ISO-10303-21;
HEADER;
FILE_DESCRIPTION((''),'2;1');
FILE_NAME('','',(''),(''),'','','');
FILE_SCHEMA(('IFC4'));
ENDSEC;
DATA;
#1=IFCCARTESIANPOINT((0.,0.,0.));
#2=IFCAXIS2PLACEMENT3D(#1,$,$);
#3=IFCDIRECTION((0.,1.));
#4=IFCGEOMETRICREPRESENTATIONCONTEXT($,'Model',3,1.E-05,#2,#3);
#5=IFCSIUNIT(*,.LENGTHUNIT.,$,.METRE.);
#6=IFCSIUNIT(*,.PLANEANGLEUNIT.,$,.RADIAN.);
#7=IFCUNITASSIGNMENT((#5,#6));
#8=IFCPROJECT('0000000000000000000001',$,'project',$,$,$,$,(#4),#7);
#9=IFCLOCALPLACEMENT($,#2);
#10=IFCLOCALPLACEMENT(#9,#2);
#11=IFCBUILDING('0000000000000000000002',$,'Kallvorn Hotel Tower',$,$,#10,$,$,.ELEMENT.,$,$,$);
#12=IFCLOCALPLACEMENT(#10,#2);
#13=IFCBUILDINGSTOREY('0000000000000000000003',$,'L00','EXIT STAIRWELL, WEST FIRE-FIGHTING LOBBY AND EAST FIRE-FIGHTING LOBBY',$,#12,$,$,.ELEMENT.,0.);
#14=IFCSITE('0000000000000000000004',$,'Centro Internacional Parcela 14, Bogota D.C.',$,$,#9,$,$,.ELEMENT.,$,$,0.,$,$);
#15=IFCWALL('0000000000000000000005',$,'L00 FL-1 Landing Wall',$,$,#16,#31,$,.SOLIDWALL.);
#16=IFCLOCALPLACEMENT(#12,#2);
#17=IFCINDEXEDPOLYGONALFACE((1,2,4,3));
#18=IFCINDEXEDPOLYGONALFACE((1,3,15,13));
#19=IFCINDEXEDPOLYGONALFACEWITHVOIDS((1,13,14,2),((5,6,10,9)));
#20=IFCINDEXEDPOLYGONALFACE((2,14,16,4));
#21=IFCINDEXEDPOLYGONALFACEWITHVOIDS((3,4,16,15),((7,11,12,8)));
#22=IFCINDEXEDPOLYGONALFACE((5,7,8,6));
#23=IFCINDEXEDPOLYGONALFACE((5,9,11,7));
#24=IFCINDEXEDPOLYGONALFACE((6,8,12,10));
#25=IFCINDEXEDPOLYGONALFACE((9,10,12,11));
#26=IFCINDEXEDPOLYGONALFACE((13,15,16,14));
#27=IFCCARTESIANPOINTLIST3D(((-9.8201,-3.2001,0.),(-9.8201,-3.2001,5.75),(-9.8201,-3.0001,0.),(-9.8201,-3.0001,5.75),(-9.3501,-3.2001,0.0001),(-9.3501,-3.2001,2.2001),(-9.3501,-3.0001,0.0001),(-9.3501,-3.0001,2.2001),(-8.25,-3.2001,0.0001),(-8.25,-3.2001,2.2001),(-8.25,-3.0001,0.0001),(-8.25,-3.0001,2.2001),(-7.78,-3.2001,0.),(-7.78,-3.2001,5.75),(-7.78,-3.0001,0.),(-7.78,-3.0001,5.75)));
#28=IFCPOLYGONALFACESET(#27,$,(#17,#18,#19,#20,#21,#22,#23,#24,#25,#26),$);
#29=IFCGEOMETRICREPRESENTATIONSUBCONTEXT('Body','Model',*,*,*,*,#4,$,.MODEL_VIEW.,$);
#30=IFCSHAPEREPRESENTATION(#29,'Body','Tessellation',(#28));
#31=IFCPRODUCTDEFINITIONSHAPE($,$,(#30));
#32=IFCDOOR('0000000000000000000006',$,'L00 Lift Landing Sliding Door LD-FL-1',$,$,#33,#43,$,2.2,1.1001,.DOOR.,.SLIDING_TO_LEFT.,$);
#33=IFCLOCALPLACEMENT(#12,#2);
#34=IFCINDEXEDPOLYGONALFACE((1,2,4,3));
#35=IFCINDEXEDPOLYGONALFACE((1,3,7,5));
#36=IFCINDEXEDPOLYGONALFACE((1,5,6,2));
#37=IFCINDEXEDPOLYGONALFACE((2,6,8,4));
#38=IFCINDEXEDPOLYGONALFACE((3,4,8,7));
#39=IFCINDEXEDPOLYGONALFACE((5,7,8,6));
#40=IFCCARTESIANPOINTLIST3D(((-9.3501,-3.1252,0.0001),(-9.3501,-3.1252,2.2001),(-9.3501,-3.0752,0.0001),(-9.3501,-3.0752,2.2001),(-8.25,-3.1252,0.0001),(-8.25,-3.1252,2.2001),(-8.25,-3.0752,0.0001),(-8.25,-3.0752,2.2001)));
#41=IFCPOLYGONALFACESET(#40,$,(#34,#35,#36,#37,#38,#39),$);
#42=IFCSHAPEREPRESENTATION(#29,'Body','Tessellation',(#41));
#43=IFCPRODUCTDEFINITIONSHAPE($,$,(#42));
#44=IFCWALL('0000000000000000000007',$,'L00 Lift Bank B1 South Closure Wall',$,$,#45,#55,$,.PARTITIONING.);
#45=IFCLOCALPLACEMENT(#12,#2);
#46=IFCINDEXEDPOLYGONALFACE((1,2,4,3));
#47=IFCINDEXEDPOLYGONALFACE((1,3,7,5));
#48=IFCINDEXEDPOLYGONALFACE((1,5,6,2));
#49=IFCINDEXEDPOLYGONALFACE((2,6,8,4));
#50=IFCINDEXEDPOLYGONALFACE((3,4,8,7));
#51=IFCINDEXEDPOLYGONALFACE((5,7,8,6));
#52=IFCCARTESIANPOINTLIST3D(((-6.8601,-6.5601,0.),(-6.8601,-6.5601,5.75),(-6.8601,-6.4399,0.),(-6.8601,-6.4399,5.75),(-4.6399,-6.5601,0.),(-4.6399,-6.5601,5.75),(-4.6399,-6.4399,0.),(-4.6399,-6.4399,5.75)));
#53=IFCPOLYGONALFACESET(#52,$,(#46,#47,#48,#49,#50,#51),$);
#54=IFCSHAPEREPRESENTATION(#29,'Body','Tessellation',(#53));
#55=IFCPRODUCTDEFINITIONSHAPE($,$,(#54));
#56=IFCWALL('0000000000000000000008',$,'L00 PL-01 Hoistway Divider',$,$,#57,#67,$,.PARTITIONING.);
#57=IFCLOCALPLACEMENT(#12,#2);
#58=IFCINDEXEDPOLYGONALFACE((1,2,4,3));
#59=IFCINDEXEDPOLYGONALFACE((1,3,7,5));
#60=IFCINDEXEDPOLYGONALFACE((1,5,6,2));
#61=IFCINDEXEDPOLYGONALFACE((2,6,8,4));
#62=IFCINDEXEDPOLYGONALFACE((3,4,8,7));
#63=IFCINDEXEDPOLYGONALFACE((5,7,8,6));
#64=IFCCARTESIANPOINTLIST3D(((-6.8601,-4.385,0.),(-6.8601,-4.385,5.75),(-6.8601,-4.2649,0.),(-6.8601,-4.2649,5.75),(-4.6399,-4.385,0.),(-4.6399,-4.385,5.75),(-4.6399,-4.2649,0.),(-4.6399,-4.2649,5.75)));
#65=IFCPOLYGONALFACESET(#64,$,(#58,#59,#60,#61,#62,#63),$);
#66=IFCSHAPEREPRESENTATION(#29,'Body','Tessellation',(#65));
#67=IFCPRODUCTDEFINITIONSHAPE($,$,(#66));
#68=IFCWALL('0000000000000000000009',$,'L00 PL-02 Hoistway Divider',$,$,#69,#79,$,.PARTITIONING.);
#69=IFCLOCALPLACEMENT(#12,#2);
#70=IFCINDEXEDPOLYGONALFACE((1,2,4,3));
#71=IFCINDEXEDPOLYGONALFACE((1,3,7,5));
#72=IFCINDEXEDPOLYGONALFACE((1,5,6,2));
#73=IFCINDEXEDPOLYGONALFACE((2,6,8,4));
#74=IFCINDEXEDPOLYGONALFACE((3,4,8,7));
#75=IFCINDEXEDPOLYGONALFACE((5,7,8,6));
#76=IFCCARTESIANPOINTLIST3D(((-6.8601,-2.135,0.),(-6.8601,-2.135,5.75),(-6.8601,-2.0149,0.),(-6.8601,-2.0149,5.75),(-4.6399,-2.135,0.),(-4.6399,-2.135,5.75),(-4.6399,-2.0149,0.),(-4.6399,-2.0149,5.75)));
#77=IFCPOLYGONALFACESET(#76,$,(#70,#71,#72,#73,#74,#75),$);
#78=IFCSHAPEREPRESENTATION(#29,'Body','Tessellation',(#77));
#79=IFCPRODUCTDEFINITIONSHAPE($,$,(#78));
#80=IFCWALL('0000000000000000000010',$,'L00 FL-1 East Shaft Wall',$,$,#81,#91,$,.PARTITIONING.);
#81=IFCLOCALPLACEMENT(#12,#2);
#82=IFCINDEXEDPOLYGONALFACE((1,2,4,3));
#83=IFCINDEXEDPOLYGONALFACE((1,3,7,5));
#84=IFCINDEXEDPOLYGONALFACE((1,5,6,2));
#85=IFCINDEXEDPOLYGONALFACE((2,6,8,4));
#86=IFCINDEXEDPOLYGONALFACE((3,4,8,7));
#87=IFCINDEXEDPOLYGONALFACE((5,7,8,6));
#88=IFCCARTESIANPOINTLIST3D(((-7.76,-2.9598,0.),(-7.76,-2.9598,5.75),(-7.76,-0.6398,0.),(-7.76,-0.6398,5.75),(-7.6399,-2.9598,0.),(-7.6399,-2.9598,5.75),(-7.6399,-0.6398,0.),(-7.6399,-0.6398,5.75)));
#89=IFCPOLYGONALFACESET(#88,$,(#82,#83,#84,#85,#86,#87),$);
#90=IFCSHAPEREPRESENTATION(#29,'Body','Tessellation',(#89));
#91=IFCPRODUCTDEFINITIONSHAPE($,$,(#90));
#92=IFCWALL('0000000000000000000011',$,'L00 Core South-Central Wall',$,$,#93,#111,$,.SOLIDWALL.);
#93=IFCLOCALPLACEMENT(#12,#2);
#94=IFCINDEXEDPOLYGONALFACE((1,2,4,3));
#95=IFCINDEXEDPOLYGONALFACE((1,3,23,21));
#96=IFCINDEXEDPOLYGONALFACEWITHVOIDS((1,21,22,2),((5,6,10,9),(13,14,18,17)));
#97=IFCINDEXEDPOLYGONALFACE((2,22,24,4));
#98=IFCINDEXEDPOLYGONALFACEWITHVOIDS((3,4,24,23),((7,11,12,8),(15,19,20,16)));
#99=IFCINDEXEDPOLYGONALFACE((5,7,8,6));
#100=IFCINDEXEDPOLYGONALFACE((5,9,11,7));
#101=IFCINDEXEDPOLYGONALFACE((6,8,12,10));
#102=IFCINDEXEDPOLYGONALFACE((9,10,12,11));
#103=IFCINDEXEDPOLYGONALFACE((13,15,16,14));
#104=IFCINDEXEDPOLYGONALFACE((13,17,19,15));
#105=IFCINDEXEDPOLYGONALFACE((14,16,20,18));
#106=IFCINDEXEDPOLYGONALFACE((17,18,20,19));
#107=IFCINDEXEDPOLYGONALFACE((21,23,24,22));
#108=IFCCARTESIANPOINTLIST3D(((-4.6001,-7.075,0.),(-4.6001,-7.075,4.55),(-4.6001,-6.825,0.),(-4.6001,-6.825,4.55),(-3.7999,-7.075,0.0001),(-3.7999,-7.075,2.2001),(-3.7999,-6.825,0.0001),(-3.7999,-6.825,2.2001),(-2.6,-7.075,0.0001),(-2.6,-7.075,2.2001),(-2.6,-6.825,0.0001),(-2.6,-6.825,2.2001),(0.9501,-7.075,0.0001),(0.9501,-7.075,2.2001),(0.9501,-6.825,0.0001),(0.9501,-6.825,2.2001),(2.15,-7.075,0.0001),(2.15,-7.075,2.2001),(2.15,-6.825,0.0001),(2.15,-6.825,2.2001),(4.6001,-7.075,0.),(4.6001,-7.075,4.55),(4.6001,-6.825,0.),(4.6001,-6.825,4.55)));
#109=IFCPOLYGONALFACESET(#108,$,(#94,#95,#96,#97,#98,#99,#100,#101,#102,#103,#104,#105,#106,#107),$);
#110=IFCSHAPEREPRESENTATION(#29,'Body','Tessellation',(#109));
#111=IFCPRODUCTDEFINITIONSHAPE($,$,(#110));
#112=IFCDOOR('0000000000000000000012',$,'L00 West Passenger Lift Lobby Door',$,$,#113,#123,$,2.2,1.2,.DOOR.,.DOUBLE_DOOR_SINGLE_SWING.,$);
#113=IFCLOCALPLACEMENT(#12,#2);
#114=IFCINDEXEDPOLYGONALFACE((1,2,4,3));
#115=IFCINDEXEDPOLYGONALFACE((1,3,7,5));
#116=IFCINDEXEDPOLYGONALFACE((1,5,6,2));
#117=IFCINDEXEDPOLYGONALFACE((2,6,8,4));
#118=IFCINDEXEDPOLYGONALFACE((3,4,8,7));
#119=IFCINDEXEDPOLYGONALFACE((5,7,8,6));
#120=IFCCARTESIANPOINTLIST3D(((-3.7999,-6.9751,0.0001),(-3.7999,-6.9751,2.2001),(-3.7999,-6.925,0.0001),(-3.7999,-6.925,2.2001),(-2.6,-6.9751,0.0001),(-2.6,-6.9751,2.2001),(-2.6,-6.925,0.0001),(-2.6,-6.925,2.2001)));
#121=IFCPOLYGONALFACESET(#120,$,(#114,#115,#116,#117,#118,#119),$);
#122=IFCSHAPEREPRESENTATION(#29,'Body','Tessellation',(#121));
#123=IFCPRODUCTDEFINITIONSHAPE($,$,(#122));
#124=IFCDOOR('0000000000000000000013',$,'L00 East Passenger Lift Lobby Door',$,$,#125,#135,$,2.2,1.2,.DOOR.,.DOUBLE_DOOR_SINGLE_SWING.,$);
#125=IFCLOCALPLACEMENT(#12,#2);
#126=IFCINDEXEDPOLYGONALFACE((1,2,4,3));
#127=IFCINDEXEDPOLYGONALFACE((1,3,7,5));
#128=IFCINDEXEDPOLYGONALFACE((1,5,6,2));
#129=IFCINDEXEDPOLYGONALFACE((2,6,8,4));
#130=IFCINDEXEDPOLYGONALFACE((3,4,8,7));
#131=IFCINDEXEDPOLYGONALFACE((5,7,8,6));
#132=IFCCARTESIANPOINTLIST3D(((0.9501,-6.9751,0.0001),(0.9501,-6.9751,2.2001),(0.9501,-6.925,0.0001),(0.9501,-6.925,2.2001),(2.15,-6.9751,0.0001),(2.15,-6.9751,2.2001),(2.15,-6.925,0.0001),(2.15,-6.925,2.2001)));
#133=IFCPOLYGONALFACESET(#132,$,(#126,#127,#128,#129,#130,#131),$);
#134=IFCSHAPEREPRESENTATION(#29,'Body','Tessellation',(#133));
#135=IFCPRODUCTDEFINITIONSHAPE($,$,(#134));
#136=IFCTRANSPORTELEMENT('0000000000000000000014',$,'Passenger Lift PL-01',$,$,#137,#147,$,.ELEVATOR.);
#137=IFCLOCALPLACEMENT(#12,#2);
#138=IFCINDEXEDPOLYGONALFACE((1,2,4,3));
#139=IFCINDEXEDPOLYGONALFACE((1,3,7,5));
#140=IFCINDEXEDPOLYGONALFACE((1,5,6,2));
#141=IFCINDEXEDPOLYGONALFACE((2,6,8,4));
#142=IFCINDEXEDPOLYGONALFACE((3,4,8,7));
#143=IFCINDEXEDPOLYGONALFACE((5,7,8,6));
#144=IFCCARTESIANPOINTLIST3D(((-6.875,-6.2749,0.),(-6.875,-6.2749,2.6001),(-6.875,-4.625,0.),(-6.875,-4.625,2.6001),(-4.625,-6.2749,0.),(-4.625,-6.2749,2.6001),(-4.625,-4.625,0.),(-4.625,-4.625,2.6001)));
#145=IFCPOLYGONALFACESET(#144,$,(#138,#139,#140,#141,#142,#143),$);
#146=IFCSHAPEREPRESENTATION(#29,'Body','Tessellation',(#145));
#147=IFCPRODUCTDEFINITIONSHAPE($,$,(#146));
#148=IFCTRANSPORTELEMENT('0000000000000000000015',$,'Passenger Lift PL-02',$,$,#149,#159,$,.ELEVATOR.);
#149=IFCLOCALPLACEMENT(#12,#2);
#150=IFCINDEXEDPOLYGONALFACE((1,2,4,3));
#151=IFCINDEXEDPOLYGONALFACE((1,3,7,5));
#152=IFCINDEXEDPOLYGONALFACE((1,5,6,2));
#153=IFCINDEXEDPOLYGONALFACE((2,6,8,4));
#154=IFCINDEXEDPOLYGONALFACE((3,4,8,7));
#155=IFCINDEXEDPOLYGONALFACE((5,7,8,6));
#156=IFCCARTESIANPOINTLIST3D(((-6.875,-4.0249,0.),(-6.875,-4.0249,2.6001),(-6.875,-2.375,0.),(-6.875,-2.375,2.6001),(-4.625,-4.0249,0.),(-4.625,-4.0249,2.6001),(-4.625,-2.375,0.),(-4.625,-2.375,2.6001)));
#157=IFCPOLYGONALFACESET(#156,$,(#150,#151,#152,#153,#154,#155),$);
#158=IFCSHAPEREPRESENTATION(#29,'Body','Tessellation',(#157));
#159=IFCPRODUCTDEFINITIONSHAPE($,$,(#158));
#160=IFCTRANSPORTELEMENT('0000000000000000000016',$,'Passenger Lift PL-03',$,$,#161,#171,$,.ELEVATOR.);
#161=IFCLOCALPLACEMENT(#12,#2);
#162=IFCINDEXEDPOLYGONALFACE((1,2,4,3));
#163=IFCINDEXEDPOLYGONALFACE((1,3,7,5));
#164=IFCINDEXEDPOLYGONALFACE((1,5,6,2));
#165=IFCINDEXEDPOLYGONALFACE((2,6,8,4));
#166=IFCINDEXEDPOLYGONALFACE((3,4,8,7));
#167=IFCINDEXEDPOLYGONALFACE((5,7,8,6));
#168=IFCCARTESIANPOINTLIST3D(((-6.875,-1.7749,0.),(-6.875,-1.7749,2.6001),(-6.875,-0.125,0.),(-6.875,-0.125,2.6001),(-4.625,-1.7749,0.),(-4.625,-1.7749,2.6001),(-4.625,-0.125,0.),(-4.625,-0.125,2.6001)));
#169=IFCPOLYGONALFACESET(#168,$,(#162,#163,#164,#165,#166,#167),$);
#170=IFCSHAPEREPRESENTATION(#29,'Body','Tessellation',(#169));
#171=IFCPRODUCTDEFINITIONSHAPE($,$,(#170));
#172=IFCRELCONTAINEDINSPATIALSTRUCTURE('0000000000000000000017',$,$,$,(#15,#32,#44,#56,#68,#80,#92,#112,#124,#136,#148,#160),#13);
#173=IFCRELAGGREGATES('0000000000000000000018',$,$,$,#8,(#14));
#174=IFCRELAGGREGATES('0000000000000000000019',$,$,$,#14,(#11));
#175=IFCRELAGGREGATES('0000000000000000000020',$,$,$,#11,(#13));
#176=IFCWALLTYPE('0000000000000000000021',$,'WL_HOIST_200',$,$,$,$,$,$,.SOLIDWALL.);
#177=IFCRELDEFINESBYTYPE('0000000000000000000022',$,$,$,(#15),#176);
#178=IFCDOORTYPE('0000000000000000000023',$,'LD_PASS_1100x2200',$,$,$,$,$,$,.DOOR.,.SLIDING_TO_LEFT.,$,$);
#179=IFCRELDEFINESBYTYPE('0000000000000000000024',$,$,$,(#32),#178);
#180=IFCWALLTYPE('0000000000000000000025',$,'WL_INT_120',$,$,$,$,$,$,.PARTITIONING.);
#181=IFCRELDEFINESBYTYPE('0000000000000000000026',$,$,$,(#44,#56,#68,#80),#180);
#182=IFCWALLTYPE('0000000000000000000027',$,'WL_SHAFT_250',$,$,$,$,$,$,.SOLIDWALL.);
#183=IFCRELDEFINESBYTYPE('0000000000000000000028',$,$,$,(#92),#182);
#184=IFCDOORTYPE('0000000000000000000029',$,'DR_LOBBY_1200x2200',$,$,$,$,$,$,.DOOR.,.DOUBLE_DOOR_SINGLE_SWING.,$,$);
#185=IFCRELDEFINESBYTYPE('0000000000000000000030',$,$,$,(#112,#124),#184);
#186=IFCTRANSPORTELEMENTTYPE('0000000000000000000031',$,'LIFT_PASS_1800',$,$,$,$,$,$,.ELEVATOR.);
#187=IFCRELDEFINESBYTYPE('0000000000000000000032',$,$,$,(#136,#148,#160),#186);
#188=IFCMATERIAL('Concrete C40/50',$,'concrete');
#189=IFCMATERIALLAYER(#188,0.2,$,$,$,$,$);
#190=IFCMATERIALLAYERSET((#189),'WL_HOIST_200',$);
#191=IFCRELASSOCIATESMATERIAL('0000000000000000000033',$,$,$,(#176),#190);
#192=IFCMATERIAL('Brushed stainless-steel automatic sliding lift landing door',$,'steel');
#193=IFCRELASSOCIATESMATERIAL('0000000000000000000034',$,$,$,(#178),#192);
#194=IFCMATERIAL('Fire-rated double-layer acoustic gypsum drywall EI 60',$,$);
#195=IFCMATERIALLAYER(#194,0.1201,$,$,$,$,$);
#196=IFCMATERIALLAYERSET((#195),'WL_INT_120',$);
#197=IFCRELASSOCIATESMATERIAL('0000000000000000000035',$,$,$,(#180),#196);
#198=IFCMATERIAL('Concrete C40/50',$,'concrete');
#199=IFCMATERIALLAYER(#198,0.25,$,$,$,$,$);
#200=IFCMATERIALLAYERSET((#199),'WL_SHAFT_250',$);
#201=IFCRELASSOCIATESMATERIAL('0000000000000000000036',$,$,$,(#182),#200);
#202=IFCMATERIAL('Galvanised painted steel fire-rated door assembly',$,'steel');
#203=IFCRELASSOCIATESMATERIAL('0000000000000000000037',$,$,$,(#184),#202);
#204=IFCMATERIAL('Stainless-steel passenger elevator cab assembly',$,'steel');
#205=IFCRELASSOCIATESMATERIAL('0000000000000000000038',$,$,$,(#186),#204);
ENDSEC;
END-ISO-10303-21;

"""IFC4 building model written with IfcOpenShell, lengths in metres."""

from ifc_helpers import new_model, si_unit, direction, frame, frame_2d, origin, origin_2d, place, context, subcontext, project, spatial, rectangle, extrude, material, layer, layer_set, type_object, element, fill, save


model = new_model("IFC4")

# Units and contexts
model_context = context("Model", 3, precision=1e-05, world=origin(), true_north=direction((0.0, 1.0)))
body_context = subcontext(model_context, "Body", "Model", "MODEL_VIEW")
ifc_project = project(units=[si_unit("LENGTHUNIT", "METRE"), si_unit("PLANEANGLEUNIT", "RADIAN")], contexts=[model_context])

# Site, building, storey
site_placement = place(None, origin())
site = spatial("IfcSite", under=ifc_project, at=site_placement, Name="Centro Internacional Parcela 14, Bogota D.C.", CompositionType="ELEMENT", RefElevation=0.0)
building_placement = place(site_placement, origin())
building = spatial("IfcBuilding", under=site, at=building_placement, Name="Kallvorn Hotel Tower", CompositionType="ELEMENT")
storey_placement = place(building_placement, origin())
storey = spatial("IfcBuildingStorey", under=building, at=storey_placement, Name="L00", Description="EXIT STAIRWELL, WEST FIRE-FIGHTING LOBBY AND EAST FIRE-FIGHTING LOBBY", CompositionType="ELEMENT", Elevation=0.0)

# Shared definitions
ifc_material_1 = material(Name="Concrete C40/50", Category="concrete")
ifc_layer_1 = layer(ifc_material_1, 0.2)
ifc_layer_set_1 = layer_set([ifc_layer_1], Name="WL_HOIST_200")
wall_type_1 = type_object("IfcWallType", Name="WL_HOIST_200", PredefinedType="SOLIDWALL", material=ifc_layer_set_1)
ifc_material_2 = material(Name="Brushed stainless-steel automatic sliding lift landing door", Category="steel")
door_type_1 = type_object("IfcDoorType", Name="LD_PASS_1100x2200", OperationType="SLIDING_TO_LEFT", PredefinedType="DOOR", material=ifc_material_2)

# Wall, opening, door
wall_1_placement = place(storey_placement, frame((-9.8201, -3.1001, 0.0), z_axis=(0.0, 0.0, 1.0), x_axis=(1.0, 0.0, 0.0)))
wall_1 = element("IfcWall", 1, at=wall_1_placement, inside=storey, type_object=wall_type_1, Name="L00 FL-1 Landing Wall", PredefinedType="SOLIDWALL", context=body_context, shape_type="SweptSolid", body=[
    extrude(rectangle(XDim=2.04, YDim=0.2, at=frame_2d((1.02, 0.0))), origin(), (0.0, 0.0, 1.0), 5.75),
])
opening_1_placement = place(wall_1_placement, frame((0.47, 0.0, 0.0)))
opening_1 = element("IfcOpeningElement", 2, at=opening_1_placement, cuts=wall_1, PredefinedType="OPENING", context=body_context, shape_type="SweptSolid", body=[
    extrude(rectangle(XDim=1.1001, YDim=2.2, at=frame_2d((0.55, 1.1001))), frame((0.0, 0.115, 0.0), z_axis=(0.0, -1.0, 0.0), x_axis=(1.0, 0.0, 0.0)), (0.0, 0.0, 1.0), 0.23),
])
door_1_placement = place(opening_1_placement, origin())
door_1 = element("IfcDoor", 3, at=door_1_placement, inside=storey, type_object=door_type_1, Name="L00 Lift Landing Sliding Door LD-FL-1", OperationType="SLIDING_TO_LEFT", OverallHeight=2.2, OverallWidth=1.1001, PredefinedType="DOOR", context=body_context, shape_type="SweptSolid", body=[
    extrude(rectangle(XDim=1.1001, YDim=2.2, at=frame_2d((0.55, 1.1001))), frame((0.0, 0.0249, 0.0), z_axis=(0.0, -1.0, 0.0), x_axis=(1.0, 0.0, 0.0)), (0.0, 0.0, 1.0), 0.05),
])
fill(opening_1, door_1)

# Walls
ifc_material_3 = material(Name="Fire-rated double-layer acoustic gypsum drywall EI 60")
ifc_layer_2 = layer(ifc_material_3, 0.1201)
ifc_layer_set_2 = layer_set([ifc_layer_2], Name="WL_INT_120")
wall_type_2 = type_object("IfcWallType", Name="WL_INT_120", PredefinedType="PARTITIONING", material=ifc_layer_set_2)
for number, where, z_axis, x_axis, name in (
    (4, (-6.8601, -6.5, 0.0), (0.0, 0.0, 1.0), (1.0, 0.0, 0.0), "L00 Lift Bank B1 South Closure Wall"),
    (5, (-6.8601, -4.325, 0.0), (0.0, 0.0, 1.0), (1.0, 0.0, 0.0), "L00 PL-01 Hoistway Divider"),
    (6, (-6.8601, -2.075, 0.0), (0.0, 0.0, 1.0), (1.0, 0.0, 0.0), "L00 PL-02 Hoistway Divider"),
):
    element("IfcWall", number, at=place(storey_placement, frame(where, z_axis=z_axis, x_axis=x_axis)), inside=storey, type_object=wall_type_2, Name=name, PredefinedType="PARTITIONING", context=body_context, shape_type="SweptSolid", body=[
        extrude(rectangle(XDim=2.2202, YDim=0.1201, at=frame_2d((1.1101, 0.0))), origin(), (0.0, 0.0, 1.0), 5.75),
    ])
wall_2_placement = place(storey_placement, frame((-7.7, -2.96, 0.0), z_axis=(0.0, 0.0, 1.0), x_axis=(0.0, 1.0, 0.0)))
element("IfcWall", 7, at=wall_2_placement, inside=storey, type_object=wall_type_2, Name="L00 FL-1 East Shaft Wall", PredefinedType="PARTITIONING", context=body_context, shape_type="SweptSolid", body=[
    extrude(rectangle(XDim=2.3201, YDim=0.1201, at=frame_2d((1.1602, 0.0))), origin(), (0.0, 0.0, 1.0), 5.75),
])

# Wall, openings, doors
ifc_material_4 = material(Name="Concrete C40/50", Category="concrete")
ifc_layer_3 = layer(ifc_material_4, 0.25)
ifc_layer_set_3 = layer_set([ifc_layer_3], Name="WL_SHAFT_250")
wall_type_3 = type_object("IfcWallType", Name="WL_SHAFT_250", PredefinedType="SOLIDWALL", material=ifc_layer_set_3)
wall_3_placement = place(storey_placement, frame((-4.6001, -6.95, 0.0), z_axis=(0.0, 0.0, 1.0), x_axis=(1.0, 0.0, 0.0)))
wall_3 = element("IfcWall", 8, at=wall_3_placement, inside=storey, type_object=wall_type_3, Name="L00 Core South-Central Wall", PredefinedType="SOLIDWALL", context=body_context, shape_type="SweptSolid", body=[
    extrude(rectangle(XDim=9.2002, YDim=0.25, at=frame_2d((4.6001, 0.0))), origin(), (0.0, 0.0, 1.0), 4.55),
])
opening_2_placement = place(wall_3_placement, frame((0.8, 0.0, 0.0)))
opening_2 = element("IfcOpeningElement", 9, at=opening_2_placement, cuts=wall_3, PredefinedType="OPENING", context=body_context, shape_type="SweptSolid", body=[
    extrude(rectangle(XDim=1.2, YDim=2.2, at=frame_2d((0.6001, 1.1001))), frame((0.0, 0.1399, 0.0), z_axis=(0.0, -1.0, 0.0), x_axis=(1.0, 0.0, 0.0)), (0.0, 0.0, 1.0), 0.28),
])
opening_3_placement = place(wall_3_placement, frame((5.55, 0.0, 0.0)))
opening_3 = element("IfcOpeningElement", 10, at=opening_3_placement, cuts=wall_3, PredefinedType="OPENING", context=body_context, shape_type="SweptSolid", body=[
    extrude(rectangle(XDim=1.2, YDim=2.2, at=frame_2d((0.6001, 1.1001))), frame((0.0, 0.1399, 0.0), z_axis=(0.0, -1.0, 0.0), x_axis=(1.0, 0.0, 0.0)), (0.0, 0.0, 1.0), 0.28),
])
ifc_material_5 = material(Name="Galvanised painted steel fire-rated door assembly", Category="steel")
door_type_2 = type_object("IfcDoorType", Name="DR_LOBBY_1200x2200", OperationType="DOUBLE_DOOR_SINGLE_SWING", PredefinedType="DOOR", material=ifc_material_5)
door_2_placement = place(opening_2_placement, origin())
door_2 = element("IfcDoor", 11, at=door_2_placement, inside=storey, type_object=door_type_2, Name="L00 West Passenger Lift Lobby Door", OperationType="DOUBLE_DOOR_SINGLE_SWING", OverallHeight=2.2, OverallWidth=1.2, PredefinedType="DOOR", context=body_context, shape_type="SweptSolid", body=[
    extrude(rectangle(XDim=1.2, YDim=2.2, at=frame_2d((0.6001, 1.1001))), frame((0.0, 0.0249, 0.0), z_axis=(0.0, -1.0, 0.0), x_axis=(1.0, 0.0, 0.0)), (0.0, 0.0, 1.0), 0.05),
])
fill(opening_2, door_2)
door_3_placement = place(opening_3_placement, origin())
door_3 = element("IfcDoor", 12, at=door_3_placement, inside=storey, type_object=door_type_2, Name="L00 East Passenger Lift Lobby Door", OperationType="DOUBLE_DOOR_SINGLE_SWING", OverallHeight=2.2, OverallWidth=1.2, PredefinedType="DOOR", context=body_context, shape_type="SweptSolid", body=[
    extrude(rectangle(XDim=1.2, YDim=2.2, at=frame_2d((0.6001, 1.1001))), frame((0.0, 0.0249, 0.0), z_axis=(0.0, -1.0, 0.0), x_axis=(1.0, 0.0, 0.0)), (0.0, 0.0, 1.0), 0.05),
])
fill(opening_3, door_3)

# Transport elements
ifc_material_6 = material(Name="Stainless-steel passenger elevator cab assembly", Category="steel")
transport_element_type = type_object("IfcTransportElementType", Name="LIFT_PASS_1800", PredefinedType="ELEVATOR", material=ifc_material_6)
for number, where, z_axis, x_axis, name in (
    (13, (-5.75, -5.45, 0.0), (0.0, 0.0, 1.0), (1.0, 0.0, 0.0), "Passenger Lift PL-01"),
    (14, (-5.75, -3.2, 0.0), (0.0, 0.0, 1.0), (1.0, 0.0, 0.0), "Passenger Lift PL-02"),
    (15, (-5.75, -0.95, 0.0), (0.0, 0.0, 1.0), (1.0, 0.0, 0.0), "Passenger Lift PL-03"),
):
    element("IfcTransportElement", number, at=place(storey_placement, frame(where, z_axis=z_axis, x_axis=x_axis)), inside=storey, type_object=transport_element_type, Name=name, PredefinedType="ELEVATOR", context=body_context, shape_type="SweptSolid", body=[
        extrude(rectangle(XDim=2.25, YDim=1.6499, at=origin_2d()), origin(), (0.0, 0.0, 1.0), 2.6001),
    ])

save(model, "model.ifc")
